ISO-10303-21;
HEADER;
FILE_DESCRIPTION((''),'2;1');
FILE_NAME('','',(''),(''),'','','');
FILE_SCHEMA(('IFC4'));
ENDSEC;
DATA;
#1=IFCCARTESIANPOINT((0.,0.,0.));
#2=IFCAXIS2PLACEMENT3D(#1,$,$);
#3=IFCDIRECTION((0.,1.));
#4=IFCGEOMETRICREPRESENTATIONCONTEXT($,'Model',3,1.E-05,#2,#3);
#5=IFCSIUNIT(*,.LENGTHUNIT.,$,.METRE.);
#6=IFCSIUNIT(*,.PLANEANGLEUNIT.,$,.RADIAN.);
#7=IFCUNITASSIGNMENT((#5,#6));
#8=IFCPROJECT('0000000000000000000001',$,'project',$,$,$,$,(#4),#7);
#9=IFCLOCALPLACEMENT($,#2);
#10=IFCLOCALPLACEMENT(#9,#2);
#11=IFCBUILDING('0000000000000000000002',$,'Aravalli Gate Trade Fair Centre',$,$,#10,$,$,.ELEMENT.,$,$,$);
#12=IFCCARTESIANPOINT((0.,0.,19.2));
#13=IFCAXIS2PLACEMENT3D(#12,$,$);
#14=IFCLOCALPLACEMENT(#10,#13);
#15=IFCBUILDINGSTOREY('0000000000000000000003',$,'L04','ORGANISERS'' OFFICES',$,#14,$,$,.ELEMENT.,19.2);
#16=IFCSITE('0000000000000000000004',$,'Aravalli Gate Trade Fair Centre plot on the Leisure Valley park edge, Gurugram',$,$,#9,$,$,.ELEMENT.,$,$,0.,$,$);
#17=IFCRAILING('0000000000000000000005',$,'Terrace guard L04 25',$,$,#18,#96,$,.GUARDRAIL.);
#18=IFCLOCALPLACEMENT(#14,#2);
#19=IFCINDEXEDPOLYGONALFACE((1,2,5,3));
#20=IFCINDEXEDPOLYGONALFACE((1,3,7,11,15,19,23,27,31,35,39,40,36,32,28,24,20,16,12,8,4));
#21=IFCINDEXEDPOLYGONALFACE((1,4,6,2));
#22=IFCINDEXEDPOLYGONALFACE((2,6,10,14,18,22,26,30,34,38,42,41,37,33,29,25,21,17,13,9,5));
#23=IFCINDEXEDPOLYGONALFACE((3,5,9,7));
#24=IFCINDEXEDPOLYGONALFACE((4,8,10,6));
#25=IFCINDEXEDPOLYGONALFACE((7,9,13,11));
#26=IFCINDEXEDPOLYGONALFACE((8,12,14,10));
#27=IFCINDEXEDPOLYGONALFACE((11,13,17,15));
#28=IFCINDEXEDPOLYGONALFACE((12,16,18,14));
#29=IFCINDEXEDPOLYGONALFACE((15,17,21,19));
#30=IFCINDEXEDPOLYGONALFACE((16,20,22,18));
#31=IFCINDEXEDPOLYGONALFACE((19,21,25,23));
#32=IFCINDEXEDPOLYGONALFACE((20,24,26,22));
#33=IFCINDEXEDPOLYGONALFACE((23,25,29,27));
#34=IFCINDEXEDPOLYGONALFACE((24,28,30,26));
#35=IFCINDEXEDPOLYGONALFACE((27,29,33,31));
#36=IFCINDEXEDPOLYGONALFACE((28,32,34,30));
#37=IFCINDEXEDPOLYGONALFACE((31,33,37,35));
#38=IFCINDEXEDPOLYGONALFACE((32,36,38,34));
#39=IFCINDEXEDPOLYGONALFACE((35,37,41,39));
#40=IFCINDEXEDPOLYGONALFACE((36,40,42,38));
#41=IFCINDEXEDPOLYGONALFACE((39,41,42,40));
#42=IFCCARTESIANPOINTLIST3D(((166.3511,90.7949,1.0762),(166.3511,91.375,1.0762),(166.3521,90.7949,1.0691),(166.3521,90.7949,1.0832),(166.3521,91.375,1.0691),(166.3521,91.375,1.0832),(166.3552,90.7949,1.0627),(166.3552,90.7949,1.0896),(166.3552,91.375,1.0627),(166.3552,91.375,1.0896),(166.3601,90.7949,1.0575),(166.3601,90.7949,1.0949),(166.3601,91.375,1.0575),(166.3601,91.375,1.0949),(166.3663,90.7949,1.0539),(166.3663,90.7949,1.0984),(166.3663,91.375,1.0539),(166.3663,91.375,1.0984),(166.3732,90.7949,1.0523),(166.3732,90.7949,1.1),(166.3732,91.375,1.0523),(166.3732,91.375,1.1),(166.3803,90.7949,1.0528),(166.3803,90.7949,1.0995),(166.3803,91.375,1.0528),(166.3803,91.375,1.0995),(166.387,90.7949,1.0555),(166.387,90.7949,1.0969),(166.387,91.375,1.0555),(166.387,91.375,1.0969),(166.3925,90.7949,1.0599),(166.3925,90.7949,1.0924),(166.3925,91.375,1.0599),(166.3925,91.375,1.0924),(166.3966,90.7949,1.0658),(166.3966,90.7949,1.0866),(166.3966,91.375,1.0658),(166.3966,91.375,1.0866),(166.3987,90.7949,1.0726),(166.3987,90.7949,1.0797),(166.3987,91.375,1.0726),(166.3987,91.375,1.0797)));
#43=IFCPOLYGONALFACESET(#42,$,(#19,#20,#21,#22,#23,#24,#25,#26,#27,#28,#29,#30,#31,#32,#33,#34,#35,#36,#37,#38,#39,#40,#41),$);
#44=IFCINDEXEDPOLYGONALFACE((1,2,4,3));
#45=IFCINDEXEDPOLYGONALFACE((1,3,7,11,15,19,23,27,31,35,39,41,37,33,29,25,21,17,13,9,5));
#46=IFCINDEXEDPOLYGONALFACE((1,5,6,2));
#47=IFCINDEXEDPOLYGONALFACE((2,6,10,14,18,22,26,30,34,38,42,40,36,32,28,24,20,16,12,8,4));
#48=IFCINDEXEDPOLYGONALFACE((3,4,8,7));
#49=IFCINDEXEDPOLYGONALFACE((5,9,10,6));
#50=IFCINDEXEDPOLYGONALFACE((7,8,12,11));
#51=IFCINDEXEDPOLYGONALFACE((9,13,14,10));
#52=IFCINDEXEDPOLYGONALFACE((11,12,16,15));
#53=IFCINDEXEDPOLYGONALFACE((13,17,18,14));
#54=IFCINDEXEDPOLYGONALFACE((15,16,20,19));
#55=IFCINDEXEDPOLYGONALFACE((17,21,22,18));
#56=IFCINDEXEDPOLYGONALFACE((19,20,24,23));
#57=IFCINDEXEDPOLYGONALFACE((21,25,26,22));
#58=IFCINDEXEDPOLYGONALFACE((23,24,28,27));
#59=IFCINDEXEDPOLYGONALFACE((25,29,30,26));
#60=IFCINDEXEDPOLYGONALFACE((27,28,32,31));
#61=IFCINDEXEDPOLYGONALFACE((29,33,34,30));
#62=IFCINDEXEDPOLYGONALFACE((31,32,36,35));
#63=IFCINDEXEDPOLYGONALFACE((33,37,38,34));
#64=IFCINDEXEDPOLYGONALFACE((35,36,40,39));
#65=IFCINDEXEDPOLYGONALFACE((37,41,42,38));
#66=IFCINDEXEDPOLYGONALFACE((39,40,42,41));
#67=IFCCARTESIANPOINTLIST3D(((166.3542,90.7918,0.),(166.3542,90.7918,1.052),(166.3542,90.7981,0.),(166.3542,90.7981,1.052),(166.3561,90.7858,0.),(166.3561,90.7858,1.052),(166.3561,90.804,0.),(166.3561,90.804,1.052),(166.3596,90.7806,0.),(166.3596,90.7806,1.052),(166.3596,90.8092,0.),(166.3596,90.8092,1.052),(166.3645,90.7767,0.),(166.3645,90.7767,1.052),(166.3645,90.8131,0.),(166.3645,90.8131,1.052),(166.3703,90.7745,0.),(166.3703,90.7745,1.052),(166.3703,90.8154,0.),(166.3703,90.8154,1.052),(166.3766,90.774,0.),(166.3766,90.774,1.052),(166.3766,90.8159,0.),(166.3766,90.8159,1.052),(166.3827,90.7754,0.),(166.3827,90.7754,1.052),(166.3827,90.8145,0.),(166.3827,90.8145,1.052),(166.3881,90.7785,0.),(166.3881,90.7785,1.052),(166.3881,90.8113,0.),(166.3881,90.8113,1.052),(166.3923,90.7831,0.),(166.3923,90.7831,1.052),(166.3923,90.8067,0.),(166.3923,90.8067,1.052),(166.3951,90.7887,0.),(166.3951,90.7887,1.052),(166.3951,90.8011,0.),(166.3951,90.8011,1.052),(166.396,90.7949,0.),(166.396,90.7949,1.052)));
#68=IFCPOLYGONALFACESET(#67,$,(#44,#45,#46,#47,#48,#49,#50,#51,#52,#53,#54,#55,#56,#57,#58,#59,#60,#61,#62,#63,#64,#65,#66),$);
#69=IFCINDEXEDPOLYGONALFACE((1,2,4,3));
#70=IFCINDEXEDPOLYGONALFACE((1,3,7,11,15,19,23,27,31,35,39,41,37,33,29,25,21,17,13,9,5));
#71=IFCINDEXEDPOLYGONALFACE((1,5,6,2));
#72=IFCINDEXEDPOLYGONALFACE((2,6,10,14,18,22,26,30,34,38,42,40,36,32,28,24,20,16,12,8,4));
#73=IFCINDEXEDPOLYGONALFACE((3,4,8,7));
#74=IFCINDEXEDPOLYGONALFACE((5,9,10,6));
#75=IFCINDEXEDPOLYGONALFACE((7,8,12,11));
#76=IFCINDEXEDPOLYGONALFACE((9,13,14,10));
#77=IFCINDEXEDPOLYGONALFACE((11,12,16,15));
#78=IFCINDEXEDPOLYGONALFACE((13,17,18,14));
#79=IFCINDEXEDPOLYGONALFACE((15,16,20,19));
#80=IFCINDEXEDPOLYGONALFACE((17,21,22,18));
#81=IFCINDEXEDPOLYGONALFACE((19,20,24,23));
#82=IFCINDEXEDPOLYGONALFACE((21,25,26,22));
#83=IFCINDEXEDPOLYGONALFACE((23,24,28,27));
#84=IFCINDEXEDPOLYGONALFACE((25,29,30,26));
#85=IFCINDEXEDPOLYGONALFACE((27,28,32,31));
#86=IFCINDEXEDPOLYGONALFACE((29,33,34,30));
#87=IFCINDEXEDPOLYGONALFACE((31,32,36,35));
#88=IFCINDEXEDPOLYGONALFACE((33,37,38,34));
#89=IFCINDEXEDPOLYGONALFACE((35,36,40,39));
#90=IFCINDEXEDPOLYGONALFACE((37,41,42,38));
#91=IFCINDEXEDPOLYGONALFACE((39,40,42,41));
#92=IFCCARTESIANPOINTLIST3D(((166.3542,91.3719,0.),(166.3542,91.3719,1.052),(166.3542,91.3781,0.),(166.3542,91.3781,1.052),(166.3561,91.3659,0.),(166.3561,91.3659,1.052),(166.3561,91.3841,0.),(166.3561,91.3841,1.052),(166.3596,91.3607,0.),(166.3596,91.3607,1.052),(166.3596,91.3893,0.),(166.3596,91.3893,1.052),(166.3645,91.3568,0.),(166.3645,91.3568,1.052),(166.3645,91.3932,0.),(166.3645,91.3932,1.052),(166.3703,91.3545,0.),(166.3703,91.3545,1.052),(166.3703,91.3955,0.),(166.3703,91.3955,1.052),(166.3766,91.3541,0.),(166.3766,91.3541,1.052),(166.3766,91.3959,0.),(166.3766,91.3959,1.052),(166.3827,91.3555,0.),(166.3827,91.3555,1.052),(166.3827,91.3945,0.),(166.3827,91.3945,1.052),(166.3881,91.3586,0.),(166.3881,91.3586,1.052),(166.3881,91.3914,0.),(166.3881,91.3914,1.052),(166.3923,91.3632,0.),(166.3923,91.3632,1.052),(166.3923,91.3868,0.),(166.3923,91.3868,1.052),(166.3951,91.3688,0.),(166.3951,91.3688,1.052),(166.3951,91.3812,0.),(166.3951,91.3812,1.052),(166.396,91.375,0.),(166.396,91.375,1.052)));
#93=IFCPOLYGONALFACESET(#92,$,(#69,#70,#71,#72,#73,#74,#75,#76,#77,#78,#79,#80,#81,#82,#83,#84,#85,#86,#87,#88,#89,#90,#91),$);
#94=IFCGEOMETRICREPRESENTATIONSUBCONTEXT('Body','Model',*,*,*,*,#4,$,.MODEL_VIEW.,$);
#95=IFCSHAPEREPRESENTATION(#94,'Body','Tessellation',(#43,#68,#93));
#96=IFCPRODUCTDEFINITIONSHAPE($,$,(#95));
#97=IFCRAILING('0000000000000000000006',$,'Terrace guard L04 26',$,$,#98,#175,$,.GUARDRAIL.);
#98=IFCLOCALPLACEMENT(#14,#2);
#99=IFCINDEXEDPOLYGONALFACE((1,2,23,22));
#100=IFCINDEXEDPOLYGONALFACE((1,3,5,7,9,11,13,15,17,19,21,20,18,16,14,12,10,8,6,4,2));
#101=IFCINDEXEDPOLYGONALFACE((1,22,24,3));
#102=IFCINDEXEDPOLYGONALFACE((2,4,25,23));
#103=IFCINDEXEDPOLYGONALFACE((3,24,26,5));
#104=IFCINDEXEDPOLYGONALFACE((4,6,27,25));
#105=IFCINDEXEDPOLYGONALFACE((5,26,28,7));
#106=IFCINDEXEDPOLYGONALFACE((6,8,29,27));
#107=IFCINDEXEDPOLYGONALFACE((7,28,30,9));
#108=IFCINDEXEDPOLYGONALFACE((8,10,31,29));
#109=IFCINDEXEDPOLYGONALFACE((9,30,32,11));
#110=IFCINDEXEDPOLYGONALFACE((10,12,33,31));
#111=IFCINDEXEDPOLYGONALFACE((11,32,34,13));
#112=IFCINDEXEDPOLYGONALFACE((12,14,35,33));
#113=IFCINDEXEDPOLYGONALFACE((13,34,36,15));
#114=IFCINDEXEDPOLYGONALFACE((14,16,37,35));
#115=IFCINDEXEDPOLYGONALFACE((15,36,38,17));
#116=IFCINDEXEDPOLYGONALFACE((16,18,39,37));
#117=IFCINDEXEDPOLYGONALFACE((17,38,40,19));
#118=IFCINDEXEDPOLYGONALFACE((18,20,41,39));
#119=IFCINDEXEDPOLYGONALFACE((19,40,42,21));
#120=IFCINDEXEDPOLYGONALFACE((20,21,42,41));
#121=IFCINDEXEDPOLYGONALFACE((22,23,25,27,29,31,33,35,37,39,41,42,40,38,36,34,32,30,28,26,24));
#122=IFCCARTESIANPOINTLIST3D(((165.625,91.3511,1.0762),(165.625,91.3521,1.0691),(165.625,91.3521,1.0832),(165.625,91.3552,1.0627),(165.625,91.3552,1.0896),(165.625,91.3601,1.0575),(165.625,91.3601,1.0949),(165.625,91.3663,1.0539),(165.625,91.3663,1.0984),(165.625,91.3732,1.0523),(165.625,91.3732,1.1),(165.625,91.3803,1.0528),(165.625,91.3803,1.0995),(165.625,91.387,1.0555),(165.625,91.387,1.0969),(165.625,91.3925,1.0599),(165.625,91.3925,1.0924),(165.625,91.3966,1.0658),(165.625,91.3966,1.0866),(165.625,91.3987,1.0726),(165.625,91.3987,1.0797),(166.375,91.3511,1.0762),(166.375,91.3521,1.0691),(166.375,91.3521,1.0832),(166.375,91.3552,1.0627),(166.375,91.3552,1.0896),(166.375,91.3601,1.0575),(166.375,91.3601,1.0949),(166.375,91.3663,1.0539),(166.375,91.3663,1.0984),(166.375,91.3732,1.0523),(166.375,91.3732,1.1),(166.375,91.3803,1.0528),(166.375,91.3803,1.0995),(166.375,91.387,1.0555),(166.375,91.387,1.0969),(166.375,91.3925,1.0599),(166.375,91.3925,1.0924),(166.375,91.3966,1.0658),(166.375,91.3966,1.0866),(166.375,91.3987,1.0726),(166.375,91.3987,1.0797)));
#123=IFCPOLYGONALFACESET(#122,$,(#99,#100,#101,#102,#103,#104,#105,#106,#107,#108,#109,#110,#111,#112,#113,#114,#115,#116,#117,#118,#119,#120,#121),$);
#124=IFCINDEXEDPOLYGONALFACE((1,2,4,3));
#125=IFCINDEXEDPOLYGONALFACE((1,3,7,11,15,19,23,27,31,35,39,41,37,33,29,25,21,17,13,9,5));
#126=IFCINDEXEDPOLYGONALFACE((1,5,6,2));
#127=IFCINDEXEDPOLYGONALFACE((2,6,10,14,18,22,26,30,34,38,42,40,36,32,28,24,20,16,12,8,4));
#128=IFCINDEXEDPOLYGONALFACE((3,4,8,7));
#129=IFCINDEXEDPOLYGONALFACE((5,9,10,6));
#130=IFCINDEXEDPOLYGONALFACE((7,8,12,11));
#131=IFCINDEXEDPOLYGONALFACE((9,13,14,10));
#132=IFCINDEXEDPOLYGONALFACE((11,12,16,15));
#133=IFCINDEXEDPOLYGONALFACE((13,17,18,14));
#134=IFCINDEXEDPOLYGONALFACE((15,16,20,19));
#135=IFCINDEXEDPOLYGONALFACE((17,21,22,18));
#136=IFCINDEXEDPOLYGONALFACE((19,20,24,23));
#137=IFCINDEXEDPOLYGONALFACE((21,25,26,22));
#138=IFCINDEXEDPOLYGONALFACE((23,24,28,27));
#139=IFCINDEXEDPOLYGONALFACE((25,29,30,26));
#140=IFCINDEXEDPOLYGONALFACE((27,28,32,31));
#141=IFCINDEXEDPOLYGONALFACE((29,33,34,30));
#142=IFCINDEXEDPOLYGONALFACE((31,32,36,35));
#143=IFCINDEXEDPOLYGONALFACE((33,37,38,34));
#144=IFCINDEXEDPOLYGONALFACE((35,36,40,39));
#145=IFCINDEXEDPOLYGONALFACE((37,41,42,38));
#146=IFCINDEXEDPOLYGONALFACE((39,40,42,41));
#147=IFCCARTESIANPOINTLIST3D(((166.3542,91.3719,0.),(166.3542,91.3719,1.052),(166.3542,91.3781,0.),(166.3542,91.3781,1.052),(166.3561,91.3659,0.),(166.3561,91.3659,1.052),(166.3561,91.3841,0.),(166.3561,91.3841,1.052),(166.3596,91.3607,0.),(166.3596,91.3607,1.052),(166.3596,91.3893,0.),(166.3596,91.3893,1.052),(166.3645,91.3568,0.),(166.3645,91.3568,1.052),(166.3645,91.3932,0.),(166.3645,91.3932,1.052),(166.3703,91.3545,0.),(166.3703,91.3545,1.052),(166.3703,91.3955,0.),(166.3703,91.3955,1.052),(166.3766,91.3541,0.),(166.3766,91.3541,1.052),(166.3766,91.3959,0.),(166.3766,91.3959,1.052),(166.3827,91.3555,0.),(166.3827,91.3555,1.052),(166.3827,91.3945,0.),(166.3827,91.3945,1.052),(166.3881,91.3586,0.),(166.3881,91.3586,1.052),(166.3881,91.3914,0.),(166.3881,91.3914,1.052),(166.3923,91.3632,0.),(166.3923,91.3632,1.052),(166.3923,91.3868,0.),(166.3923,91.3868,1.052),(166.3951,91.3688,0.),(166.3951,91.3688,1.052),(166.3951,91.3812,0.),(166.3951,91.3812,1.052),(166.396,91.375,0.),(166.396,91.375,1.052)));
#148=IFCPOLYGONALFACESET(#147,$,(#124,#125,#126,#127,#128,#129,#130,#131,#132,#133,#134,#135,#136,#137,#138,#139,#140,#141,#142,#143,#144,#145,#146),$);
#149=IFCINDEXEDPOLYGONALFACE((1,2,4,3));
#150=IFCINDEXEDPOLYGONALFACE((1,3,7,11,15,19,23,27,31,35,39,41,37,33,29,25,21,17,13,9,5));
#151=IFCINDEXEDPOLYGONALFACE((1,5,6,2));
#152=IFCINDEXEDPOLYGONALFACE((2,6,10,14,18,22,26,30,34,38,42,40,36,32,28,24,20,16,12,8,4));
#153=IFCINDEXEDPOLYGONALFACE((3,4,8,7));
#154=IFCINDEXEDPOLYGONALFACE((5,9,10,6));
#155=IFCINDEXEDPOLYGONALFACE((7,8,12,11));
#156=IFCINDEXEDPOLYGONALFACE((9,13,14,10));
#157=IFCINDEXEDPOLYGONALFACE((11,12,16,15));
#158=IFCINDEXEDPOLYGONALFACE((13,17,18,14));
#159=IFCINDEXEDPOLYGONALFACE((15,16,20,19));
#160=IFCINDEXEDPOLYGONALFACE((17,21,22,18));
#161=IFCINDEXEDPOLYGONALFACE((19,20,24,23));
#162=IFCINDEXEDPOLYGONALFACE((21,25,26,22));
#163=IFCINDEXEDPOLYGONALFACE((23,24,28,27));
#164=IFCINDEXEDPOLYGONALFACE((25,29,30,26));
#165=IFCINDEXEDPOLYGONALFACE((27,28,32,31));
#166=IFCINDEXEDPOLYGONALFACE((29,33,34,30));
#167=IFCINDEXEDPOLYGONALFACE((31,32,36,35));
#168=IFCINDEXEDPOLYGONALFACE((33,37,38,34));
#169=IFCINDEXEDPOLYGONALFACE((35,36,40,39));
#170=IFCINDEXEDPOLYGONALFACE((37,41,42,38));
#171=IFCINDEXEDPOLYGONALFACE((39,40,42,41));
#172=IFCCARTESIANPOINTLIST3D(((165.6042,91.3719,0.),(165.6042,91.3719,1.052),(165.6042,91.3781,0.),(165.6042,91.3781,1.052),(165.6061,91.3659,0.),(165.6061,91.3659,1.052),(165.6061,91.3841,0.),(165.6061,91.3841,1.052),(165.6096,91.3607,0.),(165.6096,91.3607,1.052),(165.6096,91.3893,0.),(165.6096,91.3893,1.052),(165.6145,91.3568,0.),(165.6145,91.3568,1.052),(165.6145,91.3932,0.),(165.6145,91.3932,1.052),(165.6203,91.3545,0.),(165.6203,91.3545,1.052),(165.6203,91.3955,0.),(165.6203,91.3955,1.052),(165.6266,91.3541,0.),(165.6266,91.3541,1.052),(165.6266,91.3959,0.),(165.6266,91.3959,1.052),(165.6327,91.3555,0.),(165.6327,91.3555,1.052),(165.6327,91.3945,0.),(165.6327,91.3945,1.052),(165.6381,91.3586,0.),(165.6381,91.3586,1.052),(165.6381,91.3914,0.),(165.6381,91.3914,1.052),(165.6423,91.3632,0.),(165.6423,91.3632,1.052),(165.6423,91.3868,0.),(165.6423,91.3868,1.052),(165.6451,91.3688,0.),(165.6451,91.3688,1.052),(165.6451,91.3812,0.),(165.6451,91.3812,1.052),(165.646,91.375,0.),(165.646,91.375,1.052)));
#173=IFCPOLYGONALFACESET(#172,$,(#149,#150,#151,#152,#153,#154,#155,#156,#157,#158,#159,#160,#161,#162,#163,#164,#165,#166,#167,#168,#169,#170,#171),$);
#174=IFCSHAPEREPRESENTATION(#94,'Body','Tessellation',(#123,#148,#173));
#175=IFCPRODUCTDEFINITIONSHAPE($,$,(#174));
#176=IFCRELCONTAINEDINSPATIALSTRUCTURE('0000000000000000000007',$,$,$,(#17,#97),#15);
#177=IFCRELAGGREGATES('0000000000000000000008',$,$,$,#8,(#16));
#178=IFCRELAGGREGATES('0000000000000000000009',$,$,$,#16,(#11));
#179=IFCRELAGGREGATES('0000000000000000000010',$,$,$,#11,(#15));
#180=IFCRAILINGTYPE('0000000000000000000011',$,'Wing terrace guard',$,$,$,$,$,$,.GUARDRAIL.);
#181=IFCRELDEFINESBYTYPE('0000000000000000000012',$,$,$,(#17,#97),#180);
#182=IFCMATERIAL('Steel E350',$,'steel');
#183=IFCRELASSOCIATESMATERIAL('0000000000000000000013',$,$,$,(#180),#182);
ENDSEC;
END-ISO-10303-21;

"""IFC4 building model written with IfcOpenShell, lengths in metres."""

from ifc_helpers import new_model, si_unit, direction, frame, origin, origin_2d, place, context, subcontext, project, spatial, circle, extrude, material, type_object, element, save


model = new_model("IFC4")

# Units and contexts
model_context = context("Model", 3, precision=1e-05, world=origin(), true_north=direction((0.0, 1.0)))
body_context = subcontext(model_context, "Body", "Model", "MODEL_VIEW")
ifc_project = project(units=[si_unit("LENGTHUNIT", "METRE"), si_unit("PLANEANGLEUNIT", "RADIAN")], contexts=[model_context])

# Site, building, storey
site_placement = place(None, origin())
site = spatial("IfcSite", under=ifc_project, at=site_placement, Name="Aravalli Gate Trade Fair Centre plot on the Leisure Valley park edge, Gurugram", CompositionType="ELEMENT", RefElevation=0.0)
building_placement = place(site_placement, origin())
building = spatial("IfcBuilding", under=site, at=building_placement, Name="Aravalli Gate Trade Fair Centre", CompositionType="ELEMENT")
storey_placement = place(building_placement, frame((0.0, 0.0, 19.2)))
storey = spatial("IfcBuildingStorey", under=building, at=storey_placement, Name="L04", Description="ORGANISERS' OFFICES", CompositionType="ELEMENT", Elevation=19.2)

# Railings
ifc_material_1 = material(Name="Steel E350", Category="steel")
railing_type = type_object("IfcRailingType", Name="Wing terrace guard", PredefinedType="GUARDRAIL", material=ifc_material_1)
railing_1_placement = place(storey_placement, frame((166.375, 90.7949, 0.0)))
element("IfcRailing", 1, at=railing_1_placement, inside=storey, type_object=railing_type, Name="Terrace guard L04 25", PredefinedType="GUARDRAIL", context=body_context, shape_type="SweptSolid", body=[
    extrude(circle(Radius=0.0239, at=origin_2d()), frame((0.0, 0.0, 1.0762), z_axis=(0.0, 1.0, 0.0), x_axis=(-1.0, 0.0, 0.0)), (0.0, 0.0, 1.0), 0.5801),
    extrude(circle(Radius=0.021, at=origin_2d()), origin(), (0.0, 0.0, 1.0), 1.052),
    extrude(circle(Radius=0.021, at=origin_2d()), frame((0.0, 0.5801, 0.0)), (0.0, 0.0, 1.0), 1.052),
])
railing_2_placement = place(storey_placement, frame((166.375, 91.375, 0.0)))
element("IfcRailing", 2, at=railing_2_placement, inside=storey, type_object=railing_type, Name="Terrace guard L04 26", PredefinedType="GUARDRAIL", context=body_context, shape_type="SweptSolid", body=[
    extrude(circle(Radius=0.0239, at=origin_2d()), frame((0.0, 0.0, 1.0762), z_axis=(-1.0, 0.0, 0.0), x_axis=(0.0, -1.0, 0.0)), (0.0, 0.0, 1.0), 0.75),
    extrude(circle(Radius=0.021, at=origin_2d()), origin(), (0.0, 0.0, 1.0), 1.052),
    extrude(circle(Radius=0.021, at=origin_2d()), frame((-0.75, 0.0, 0.0)), (0.0, 0.0, 1.0), 1.052),
])

save(model, "model.ifc")
